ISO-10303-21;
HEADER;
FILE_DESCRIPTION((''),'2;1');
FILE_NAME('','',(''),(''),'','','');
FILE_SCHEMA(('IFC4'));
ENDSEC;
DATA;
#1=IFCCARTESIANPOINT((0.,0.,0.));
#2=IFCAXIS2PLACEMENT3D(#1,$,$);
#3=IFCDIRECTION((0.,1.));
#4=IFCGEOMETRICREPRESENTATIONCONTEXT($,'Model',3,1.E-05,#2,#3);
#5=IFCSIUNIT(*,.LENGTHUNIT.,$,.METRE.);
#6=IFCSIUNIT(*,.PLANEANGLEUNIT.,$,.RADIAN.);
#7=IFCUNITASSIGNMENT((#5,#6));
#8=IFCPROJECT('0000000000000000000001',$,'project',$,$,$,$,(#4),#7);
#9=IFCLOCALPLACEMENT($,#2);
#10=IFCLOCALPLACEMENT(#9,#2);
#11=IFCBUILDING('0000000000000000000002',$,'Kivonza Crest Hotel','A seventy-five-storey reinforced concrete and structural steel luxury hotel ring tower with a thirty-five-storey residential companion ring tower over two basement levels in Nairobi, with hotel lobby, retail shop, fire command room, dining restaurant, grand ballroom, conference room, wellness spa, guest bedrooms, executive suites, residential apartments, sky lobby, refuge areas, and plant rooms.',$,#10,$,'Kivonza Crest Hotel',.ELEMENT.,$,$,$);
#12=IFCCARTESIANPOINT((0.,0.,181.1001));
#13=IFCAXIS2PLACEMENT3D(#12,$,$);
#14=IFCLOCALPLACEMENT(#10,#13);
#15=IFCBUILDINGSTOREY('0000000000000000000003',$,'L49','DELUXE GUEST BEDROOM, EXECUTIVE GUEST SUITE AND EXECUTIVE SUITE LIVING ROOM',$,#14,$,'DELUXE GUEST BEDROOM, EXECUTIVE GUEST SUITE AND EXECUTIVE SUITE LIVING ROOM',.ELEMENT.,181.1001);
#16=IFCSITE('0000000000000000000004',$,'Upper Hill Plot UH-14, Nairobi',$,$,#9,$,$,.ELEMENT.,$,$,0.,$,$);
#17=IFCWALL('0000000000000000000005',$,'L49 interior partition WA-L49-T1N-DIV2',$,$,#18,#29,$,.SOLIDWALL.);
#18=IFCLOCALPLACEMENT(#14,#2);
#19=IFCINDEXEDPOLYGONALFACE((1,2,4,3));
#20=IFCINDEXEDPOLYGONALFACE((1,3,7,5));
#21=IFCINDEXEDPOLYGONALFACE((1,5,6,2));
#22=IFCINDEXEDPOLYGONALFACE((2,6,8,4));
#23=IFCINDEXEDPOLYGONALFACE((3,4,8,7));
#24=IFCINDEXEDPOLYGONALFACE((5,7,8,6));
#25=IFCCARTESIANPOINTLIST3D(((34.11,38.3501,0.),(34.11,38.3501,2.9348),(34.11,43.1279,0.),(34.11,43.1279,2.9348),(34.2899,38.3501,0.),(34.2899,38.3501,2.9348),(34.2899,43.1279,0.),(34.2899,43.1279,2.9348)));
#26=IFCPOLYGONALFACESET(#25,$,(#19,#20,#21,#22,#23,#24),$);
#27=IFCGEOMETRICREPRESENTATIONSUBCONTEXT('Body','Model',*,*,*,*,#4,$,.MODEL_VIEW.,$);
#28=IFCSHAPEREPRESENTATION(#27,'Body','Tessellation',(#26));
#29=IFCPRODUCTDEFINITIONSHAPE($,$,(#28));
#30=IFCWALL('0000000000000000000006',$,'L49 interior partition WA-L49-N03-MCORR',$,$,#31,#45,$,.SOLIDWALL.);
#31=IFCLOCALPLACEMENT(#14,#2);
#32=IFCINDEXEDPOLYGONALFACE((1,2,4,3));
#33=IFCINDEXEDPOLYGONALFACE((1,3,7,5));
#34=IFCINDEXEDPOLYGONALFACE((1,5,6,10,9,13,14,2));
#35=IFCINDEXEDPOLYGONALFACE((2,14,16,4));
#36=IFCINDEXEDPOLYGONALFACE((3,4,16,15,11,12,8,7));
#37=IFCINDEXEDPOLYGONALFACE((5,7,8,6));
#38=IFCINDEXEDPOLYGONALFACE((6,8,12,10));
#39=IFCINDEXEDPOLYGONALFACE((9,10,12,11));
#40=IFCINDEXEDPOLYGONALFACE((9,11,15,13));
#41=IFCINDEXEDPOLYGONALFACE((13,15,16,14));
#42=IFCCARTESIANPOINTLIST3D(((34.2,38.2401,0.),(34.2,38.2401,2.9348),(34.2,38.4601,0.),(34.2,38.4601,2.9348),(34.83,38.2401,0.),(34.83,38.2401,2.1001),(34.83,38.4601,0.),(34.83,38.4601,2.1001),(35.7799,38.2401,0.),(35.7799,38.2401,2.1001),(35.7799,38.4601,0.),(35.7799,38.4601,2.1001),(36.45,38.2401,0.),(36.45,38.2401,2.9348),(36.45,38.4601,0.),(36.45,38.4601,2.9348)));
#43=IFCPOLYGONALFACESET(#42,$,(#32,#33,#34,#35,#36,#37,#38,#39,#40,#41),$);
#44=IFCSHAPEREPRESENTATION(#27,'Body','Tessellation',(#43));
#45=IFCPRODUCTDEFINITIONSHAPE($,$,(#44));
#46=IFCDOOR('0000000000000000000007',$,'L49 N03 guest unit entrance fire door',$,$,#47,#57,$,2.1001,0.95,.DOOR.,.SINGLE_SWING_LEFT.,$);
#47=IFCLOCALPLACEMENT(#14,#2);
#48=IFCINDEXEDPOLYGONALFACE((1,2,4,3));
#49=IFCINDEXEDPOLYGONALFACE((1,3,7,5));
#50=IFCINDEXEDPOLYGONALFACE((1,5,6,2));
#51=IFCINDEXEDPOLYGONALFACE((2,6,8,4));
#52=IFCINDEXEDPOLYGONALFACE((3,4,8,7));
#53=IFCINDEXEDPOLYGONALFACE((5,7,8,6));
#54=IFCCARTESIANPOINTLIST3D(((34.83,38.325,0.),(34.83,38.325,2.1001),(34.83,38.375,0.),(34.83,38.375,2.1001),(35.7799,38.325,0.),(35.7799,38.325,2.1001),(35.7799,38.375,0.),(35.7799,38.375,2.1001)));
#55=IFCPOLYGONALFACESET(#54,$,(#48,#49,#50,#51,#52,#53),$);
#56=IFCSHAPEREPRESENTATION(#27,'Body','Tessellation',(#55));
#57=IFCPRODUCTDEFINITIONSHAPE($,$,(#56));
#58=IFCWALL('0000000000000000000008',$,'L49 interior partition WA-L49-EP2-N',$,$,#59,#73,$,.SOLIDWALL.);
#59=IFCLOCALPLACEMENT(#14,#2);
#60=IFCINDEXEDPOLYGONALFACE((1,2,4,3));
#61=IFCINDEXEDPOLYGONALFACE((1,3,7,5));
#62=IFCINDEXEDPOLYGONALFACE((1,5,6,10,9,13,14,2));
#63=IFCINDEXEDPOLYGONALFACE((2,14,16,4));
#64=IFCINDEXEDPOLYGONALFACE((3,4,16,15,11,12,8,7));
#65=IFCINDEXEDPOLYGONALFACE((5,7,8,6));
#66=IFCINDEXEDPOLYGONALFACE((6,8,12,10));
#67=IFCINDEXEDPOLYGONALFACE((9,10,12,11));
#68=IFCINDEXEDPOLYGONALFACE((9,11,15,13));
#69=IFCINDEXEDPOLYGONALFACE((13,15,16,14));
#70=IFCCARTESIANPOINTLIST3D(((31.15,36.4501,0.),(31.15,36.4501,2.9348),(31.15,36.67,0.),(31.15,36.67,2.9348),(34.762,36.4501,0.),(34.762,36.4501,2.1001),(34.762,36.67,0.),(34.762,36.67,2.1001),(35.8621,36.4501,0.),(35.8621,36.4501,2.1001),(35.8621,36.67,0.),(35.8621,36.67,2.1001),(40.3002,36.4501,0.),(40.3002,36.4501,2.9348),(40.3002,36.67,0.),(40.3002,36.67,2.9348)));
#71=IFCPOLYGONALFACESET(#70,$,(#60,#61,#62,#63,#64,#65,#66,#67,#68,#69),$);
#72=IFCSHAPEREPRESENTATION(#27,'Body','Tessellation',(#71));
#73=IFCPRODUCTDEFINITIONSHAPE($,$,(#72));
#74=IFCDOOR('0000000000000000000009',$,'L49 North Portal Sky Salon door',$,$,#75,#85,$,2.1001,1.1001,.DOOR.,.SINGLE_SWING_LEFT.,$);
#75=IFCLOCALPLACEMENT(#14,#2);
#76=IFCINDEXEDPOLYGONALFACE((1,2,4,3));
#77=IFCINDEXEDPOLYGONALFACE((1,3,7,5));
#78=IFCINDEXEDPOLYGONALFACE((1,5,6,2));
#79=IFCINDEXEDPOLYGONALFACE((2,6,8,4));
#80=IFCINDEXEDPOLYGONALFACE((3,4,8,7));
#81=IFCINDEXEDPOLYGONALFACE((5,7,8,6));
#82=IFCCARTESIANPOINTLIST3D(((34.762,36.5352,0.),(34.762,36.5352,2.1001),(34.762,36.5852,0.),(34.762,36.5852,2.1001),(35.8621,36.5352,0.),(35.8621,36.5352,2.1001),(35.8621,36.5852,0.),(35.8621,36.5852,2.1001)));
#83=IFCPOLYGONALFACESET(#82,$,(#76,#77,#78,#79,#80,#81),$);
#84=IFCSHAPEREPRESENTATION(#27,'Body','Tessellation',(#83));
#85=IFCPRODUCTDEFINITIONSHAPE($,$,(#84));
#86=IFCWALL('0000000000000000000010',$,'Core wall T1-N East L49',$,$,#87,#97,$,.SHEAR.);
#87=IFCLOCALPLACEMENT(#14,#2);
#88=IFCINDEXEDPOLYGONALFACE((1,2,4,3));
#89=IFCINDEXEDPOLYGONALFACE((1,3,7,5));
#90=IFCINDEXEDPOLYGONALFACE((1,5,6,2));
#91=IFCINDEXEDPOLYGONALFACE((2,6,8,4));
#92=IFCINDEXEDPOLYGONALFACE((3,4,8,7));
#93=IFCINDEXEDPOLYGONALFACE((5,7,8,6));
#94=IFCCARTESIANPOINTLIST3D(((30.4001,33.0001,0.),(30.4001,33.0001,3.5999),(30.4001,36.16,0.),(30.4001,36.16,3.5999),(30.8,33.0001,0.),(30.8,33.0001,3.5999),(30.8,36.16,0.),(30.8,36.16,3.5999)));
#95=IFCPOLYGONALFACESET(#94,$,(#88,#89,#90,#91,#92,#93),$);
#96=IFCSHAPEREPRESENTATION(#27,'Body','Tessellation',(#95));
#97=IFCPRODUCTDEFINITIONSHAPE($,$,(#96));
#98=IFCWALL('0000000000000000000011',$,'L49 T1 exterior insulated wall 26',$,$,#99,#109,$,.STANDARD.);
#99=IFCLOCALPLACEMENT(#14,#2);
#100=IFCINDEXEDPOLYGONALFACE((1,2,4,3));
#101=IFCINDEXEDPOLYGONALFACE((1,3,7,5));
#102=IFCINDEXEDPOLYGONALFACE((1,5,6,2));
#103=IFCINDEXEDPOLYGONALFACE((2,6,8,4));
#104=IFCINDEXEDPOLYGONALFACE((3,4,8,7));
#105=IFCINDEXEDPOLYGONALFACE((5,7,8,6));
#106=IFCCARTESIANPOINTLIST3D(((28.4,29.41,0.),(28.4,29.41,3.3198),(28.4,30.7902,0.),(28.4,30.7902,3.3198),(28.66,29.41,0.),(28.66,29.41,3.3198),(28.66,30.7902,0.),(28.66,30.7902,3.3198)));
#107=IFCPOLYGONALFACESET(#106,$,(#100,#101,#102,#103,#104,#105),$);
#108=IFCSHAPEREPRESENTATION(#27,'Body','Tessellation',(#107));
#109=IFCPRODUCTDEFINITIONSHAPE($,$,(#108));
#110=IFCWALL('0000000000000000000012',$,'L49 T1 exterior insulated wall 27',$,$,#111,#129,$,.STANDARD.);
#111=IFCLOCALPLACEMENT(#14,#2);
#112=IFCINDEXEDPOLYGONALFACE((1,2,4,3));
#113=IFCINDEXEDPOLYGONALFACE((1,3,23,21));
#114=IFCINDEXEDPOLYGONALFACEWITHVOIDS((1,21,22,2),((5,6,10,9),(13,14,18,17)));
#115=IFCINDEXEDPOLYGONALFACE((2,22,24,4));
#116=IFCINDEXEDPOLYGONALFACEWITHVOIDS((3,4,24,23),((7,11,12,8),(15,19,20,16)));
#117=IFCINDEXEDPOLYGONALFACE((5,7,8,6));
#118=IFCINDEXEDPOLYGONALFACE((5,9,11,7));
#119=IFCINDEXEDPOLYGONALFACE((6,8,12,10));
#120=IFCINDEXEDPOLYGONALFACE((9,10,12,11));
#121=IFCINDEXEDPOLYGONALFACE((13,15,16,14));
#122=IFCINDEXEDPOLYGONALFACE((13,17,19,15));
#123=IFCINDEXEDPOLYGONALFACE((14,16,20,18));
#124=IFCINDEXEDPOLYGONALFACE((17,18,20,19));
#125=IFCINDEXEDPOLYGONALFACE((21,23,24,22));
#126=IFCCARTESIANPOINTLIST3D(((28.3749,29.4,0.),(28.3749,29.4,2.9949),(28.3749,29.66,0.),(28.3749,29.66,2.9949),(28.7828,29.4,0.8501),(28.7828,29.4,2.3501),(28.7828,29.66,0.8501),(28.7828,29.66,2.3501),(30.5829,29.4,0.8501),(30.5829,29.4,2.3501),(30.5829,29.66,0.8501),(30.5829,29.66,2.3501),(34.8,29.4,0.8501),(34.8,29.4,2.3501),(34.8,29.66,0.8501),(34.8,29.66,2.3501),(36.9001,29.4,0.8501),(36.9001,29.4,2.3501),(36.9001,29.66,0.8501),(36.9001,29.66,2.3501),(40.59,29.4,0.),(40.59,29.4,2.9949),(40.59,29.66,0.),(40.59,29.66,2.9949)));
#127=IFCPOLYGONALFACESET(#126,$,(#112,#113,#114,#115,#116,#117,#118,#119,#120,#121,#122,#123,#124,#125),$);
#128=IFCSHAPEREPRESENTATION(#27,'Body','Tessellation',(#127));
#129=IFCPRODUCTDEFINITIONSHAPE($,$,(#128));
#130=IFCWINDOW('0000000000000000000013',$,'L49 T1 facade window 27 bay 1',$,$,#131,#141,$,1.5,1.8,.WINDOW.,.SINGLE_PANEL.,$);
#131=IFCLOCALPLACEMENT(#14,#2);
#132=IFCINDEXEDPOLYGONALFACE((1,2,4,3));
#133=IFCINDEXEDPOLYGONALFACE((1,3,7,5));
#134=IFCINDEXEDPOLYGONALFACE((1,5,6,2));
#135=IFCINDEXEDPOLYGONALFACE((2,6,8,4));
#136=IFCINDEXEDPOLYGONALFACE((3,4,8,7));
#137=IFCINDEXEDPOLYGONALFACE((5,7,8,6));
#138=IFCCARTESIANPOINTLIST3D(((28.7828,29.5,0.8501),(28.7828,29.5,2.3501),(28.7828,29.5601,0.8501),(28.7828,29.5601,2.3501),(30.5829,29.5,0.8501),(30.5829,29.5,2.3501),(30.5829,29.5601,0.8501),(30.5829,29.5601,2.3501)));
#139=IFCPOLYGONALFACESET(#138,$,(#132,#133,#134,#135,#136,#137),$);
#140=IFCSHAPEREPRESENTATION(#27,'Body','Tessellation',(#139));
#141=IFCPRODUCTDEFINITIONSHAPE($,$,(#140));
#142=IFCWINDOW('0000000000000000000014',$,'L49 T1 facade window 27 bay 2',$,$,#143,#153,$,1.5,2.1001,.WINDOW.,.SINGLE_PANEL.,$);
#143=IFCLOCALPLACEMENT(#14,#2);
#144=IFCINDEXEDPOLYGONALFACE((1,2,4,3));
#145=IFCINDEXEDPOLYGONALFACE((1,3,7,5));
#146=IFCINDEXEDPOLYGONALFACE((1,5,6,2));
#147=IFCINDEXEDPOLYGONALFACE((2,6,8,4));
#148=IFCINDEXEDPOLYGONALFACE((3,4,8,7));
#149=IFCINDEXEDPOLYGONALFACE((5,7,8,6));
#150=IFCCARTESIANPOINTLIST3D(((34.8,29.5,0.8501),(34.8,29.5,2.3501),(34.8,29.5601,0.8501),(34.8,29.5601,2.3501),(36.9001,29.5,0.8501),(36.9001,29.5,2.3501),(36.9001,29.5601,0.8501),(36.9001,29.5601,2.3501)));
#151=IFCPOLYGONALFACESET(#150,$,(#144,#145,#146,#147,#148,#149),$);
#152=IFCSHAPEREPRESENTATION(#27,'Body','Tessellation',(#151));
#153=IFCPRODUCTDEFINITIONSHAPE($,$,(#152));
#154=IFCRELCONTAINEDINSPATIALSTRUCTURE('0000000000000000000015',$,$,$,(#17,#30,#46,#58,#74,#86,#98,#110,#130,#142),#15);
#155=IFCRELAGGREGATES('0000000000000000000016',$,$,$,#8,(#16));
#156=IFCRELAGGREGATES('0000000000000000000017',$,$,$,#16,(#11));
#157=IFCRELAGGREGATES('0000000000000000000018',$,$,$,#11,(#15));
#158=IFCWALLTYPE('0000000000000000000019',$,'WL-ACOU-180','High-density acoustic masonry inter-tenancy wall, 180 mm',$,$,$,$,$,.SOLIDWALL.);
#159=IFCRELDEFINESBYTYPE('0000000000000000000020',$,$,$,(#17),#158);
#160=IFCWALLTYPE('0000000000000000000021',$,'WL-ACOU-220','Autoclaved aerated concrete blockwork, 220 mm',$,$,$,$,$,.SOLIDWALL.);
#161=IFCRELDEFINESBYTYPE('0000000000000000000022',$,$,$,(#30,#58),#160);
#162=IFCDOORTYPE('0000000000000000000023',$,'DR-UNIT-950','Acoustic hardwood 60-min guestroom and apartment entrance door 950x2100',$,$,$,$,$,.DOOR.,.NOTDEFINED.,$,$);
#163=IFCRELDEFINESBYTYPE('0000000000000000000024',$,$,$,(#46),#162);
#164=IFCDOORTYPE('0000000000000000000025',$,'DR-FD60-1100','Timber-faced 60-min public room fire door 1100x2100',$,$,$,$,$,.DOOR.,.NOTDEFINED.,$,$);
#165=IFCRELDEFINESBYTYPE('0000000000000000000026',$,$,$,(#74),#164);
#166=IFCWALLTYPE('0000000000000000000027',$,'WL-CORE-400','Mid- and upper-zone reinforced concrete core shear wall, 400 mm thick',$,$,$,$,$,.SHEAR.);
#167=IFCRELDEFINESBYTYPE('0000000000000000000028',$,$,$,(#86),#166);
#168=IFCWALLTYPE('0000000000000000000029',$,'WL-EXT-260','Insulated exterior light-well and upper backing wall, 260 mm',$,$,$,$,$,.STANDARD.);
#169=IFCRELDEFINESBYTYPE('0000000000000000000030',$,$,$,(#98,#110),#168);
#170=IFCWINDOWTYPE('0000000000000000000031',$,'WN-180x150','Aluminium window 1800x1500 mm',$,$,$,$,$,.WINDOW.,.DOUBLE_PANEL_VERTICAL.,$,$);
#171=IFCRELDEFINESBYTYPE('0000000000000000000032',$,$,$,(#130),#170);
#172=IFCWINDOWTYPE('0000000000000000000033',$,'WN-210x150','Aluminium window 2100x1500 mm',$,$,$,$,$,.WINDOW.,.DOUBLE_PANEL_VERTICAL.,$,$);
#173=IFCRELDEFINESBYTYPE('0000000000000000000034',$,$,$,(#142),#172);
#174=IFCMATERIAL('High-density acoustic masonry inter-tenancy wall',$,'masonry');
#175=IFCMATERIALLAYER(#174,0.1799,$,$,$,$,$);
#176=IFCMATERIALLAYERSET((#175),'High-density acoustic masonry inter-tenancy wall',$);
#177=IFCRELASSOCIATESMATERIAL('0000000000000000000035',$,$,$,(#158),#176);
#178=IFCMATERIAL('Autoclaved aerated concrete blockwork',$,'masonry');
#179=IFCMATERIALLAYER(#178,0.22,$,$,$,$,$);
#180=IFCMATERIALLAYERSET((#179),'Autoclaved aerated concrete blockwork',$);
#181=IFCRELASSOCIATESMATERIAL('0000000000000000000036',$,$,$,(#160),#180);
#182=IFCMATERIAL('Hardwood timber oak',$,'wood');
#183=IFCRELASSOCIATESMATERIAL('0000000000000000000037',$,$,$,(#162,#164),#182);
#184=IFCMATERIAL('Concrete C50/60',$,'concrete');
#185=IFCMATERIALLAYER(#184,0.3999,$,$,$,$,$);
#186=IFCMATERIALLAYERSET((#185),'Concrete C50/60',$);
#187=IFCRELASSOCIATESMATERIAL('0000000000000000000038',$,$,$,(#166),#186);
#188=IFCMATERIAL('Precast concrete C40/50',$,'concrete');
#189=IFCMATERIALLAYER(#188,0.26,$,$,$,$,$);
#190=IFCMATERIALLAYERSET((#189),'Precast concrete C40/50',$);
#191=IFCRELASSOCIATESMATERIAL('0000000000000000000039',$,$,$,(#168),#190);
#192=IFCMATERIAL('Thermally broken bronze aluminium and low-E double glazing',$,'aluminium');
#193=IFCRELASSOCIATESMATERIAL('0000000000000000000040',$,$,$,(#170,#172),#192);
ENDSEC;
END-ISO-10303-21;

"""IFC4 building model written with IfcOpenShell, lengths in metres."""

from ifc_helpers import new_model, si_unit, direction, frame, frame_2d, origin, place, context, subcontext, project, spatial, rectangle, extrude, material, layer, layer_set, type_object, element, fill, save


model = new_model("IFC4")

# Units and contexts
model_context = context("Model", 3, precision=1e-05, world=origin(), true_north=direction((0.0, 1.0)))
body_context = subcontext(model_context, "Body", "Model", "MODEL_VIEW")
ifc_project = project(units=[si_unit("LENGTHUNIT", "METRE"), si_unit("PLANEANGLEUNIT", "RADIAN")], contexts=[model_context])

# Site, building, storey
site_placement = place(None, origin())
site = spatial("IfcSite", under=ifc_project, at=site_placement, Name="Upper Hill Plot UH-14, Nairobi", CompositionType="ELEMENT", RefElevation=0.0)
building_placement = place(site_placement, origin())
building = spatial("IfcBuilding", under=site, at=building_placement, Name="Kivonza Crest Hotel", Description="A seventy-five-storey reinforced concrete and structural steel luxury hotel ring tower with a thirty-five-storey residential companion ring tower over two basement levels in Nairobi, with hotel lobby, retail shop, fire command room, dining restaurant, grand ballroom, conference room, wellness spa, guest bedrooms, executive suites, residential apartments, sky lobby, refuge areas, and plant rooms.", LongName="Kivonza Crest Hotel", CompositionType="ELEMENT")
storey_placement = place(building_placement, frame((0.0, 0.0, 181.1001)))
storey = spatial("IfcBuildingStorey", under=building, at=storey_placement, Name="L49", Description="DELUXE GUEST BEDROOM, EXECUTIVE GUEST SUITE AND EXECUTIVE SUITE LIVING ROOM", LongName="DELUXE GUEST BEDROOM, EXECUTIVE GUEST SUITE AND EXECUTIVE SUITE LIVING ROOM", CompositionType="ELEMENT", Elevation=181.1001)

# Shared definitions
ifc_material_1 = material(Name="Concrete C50/60", Category="concrete")

# Wall
ifc_material_2 = material(Name="High-density acoustic masonry inter-tenancy wall", Category="masonry")
ifc_layer_1 = layer(ifc_material_2, 0.1799)
ifc_layer_set_1 = layer_set([ifc_layer_1], Name="High-density acoustic masonry inter-tenancy wall")
wall_type_1 = type_object("IfcWallType", Name="WL-ACOU-180", Description="High-density acoustic masonry inter-tenancy wall, 180 mm", PredefinedType="SOLIDWALL", material=ifc_layer_set_1)
wall_1_placement = place(storey_placement, frame((34.2, 38.3501, 0.0), z_axis=(0.0, 0.0, 1.0), x_axis=(0.0, 1.0, 0.0)))
element("IfcWall", 1, at=wall_1_placement, inside=storey, type_object=wall_type_1, Name="L49 interior partition WA-L49-T1N-DIV2", PredefinedType="SOLIDWALL", context=body_context, shape_type="SweptSolid", body=[
    extrude(rectangle(XDim=4.7778, YDim=0.1799, at=frame_2d((2.3889, 0.0))), origin(), (0.0, 0.0, 1.0), 2.9348),
])

# Walls, openings, doors
ifc_material_3 = material(Name="Autoclaved aerated concrete blockwork", Category="masonry")
ifc_layer_2 = layer(ifc_material_3, 0.22)
ifc_layer_set_2 = layer_set([ifc_layer_2], Name="Autoclaved aerated concrete blockwork")
wall_type_2 = type_object("IfcWallType", Name="WL-ACOU-220", Description="Autoclaved aerated concrete blockwork, 220 mm", PredefinedType="SOLIDWALL", material=ifc_layer_set_2)
wall_2_placement = place(storey_placement, frame((34.2, 38.3501, 0.0), z_axis=(0.0, 0.0, 1.0), x_axis=(1.0, 0.0, 0.0)))
wall_2 = element("IfcWall", 2, at=wall_2_placement, inside=storey, type_object=wall_type_2, Name="L49 interior partition WA-L49-N03-MCORR", PredefinedType="SOLIDWALL", context=body_context, shape_type="SweptSolid", body=[
    extrude(rectangle(XDim=2.25, YDim=0.22, at=frame_2d((1.125, 0.0))), origin(), (0.0, 0.0, 1.0), 2.9348),
])
opening_1_placement = place(wall_2_placement, frame((0.6299, 0.0, 0.0)))
opening_1 = element("IfcOpeningElement", 3, at=opening_1_placement, cuts=wall_2, PredefinedType="OPENING", context=body_context, shape_type="SweptSolid", body=[
    extrude(rectangle(XDim=0.95, YDim=2.1001, at=frame_2d((0.4751, 1.05))), frame((0.0, 0.1201, 0.0), z_axis=(0.0, -1.0, 0.0), x_axis=(1.0, 0.0, 0.0)), (0.0, 0.0, 1.0), 0.24),
])
ifc_material_4 = material(Name="Hardwood timber oak", Category="wood")
door_type_1 = type_object("IfcDoorType", Name="DR-UNIT-950", Description="Acoustic hardwood 60-min guestroom and apartment entrance door 950x2100", OperationType="NOTDEFINED", PredefinedType="DOOR", material=ifc_material_4)
door_1_placement = place(opening_1_placement, origin())
door_1 = element("IfcDoor", 4, at=door_1_placement, inside=storey, type_object=door_type_1, Name="L49 N03 guest unit entrance fire door", OperationType="SINGLE_SWING_LEFT", OverallHeight=2.1001, OverallWidth=0.95, PredefinedType="DOOR", context=body_context, shape_type="SweptSolid", body=[
    extrude(rectangle(XDim=0.95, YDim=2.1001, at=frame_2d((0.4751, 1.05))), frame((0.0, 0.0249, 0.0), z_axis=(0.0, -1.0, 0.0), x_axis=(1.0, 0.0, 0.0)), (0.0, 0.0, 1.0), 0.05),
])
fill(opening_1, door_1)
wall_3_placement = place(storey_placement, frame((31.1499, 36.5601, 0.0), z_axis=(0.0, 0.0, 1.0), x_axis=(1.0, 0.0, 0.0)))
wall_3 = element("IfcWall", 5, at=wall_3_placement, inside=storey, type_object=wall_type_2, Name="L49 interior partition WA-L49-EP2-N", PredefinedType="SOLIDWALL", context=body_context, shape_type="SweptSolid", body=[
    extrude(rectangle(XDim=9.1501, YDim=0.22, at=frame_2d((4.5752, 0.0))), origin(), (0.0, 0.0, 1.0), 2.9348),
])
opening_2_placement = place(wall_3_placement, frame((3.6121, 0.0, 0.0)))
opening_2 = element("IfcOpeningElement", 6, at=opening_2_placement, cuts=wall_3, PredefinedType="OPENING", context=body_context, shape_type="SweptSolid", body=[
    extrude(rectangle(XDim=1.1001, YDim=2.1001, at=frame_2d((0.55, 1.05))), frame((0.0, 0.1201, 0.0), z_axis=(0.0, -1.0, 0.0), x_axis=(1.0, 0.0, 0.0)), (0.0, 0.0, 1.0), 0.24),
])
door_type_2 = type_object("IfcDoorType", Name="DR-FD60-1100", Description="Timber-faced 60-min public room fire door 1100x2100", OperationType="NOTDEFINED", PredefinedType="DOOR", material=ifc_material_4)
door_2_placement = place(opening_2_placement, frame((1.1001, 0.0, 0.0), z_axis=(0.0, 0.0, 1.0), x_axis=(-1.0, 0.0, 0.0)))
door_2 = element("IfcDoor", 7, at=door_2_placement, inside=storey, type_object=door_type_2, Name="L49 North Portal Sky Salon door", OperationType="SINGLE_SWING_LEFT", OverallHeight=2.1001, OverallWidth=1.1001, PredefinedType="DOOR", context=body_context, shape_type="SweptSolid", body=[
    extrude(rectangle(XDim=1.1001, YDim=2.1001, at=frame_2d((0.55, 1.05))), frame((0.0, 0.0249, 0.0), z_axis=(0.0, -1.0, 0.0), x_axis=(1.0, 0.0, 0.0)), (0.0, 0.0, 1.0), 0.05),
])
fill(opening_2, door_2)

# Walls
ifc_layer_3 = layer(ifc_material_1, 0.3999)
ifc_layer_set_3 = layer_set([ifc_layer_3], Name="Concrete C50/60")
wall_type_3 = type_object("IfcWallType", Name="WL-CORE-400", Description="Mid- and upper-zone reinforced concrete core shear wall, 400 mm thick", PredefinedType="SHEAR", material=ifc_layer_set_3)
wall_4_placement = place(storey_placement, frame((30.6001, 33.0, 0.0), z_axis=(0.0, 0.0, 1.0), x_axis=(0.0, 1.0, 0.0)))
element("IfcWall", 8, at=wall_4_placement, inside=storey, type_object=wall_type_3, Name="Core wall T1-N East L49", PredefinedType="SHEAR", context=body_context, shape_type="SweptSolid", body=[
    extrude(rectangle(XDim=3.1599, YDim=0.3999, at=frame_2d((1.5801, 0.0))), origin(), (0.0, 0.0, 1.0), 3.5999),
])
ifc_material_5 = material(Name="Precast concrete C40/50", Category="concrete")
ifc_layer_4 = layer(ifc_material_5, 0.26)
ifc_layer_set_4 = layer_set([ifc_layer_4], Name="Precast concrete C40/50")
wall_type_4 = type_object("IfcWallType", Name="WL-EXT-260", Description="Insulated exterior light-well and upper backing wall, 260 mm", PredefinedType="STANDARD", material=ifc_layer_set_4)
wall_5_placement = place(storey_placement, frame((28.53, 30.79, 0.0), z_axis=(0.0, 0.0, 1.0), x_axis=(0.0, -1.0, 0.0)))
element("IfcWall", 9, at=wall_5_placement, inside=storey, type_object=wall_type_4, Name="L49 T1 exterior insulated wall 26", PredefinedType="STANDARD", context=body_context, shape_type="SweptSolid", body=[
    extrude(rectangle(XDim=1.3801, YDim=0.26, at=frame_2d((0.6899, 0.0))), origin(), (0.0, 0.0, 1.0), 3.3198),
])

# Wall, openings, windows
wall_6_placement = place(storey_placement, frame((28.375, 29.53, 0.0), z_axis=(0.0, 0.0, 1.0), x_axis=(1.0, 0.0, 0.0)))
wall_6 = element("IfcWall", 10, at=wall_6_placement, inside=storey, type_object=wall_type_4, Name="L49 T1 exterior insulated wall 27", PredefinedType="STANDARD", context=body_context, shape_type="SweptSolid", body=[
    extrude(rectangle(XDim=12.2151, YDim=0.26, at=frame_2d((6.1074, 0.0))), origin(), (0.0, 0.0, 1.0), 2.9949),
])
opening_3_placement = place(wall_6_placement, frame((0.408, 0.0, 0.8501)))
opening_3 = element("IfcOpeningElement", 11, at=opening_3_placement, cuts=wall_6, PredefinedType="OPENING", context=body_context, shape_type="SweptSolid", body=[
    extrude(rectangle(XDim=1.8, YDim=1.5, at=frame_2d((0.8999, 0.75))), frame((0.0, 0.1401, 0.0), z_axis=(0.0, -1.0, 0.0), x_axis=(1.0, 0.0, 0.0)), (0.0, 0.0, 1.0), 0.28),
])
opening_4_placement = place(wall_6_placement, frame((6.425, 0.0, 0.8501)))
opening_4 = element("IfcOpeningElement", 12, at=opening_4_placement, cuts=wall_6, PredefinedType="OPENING", context=body_context, shape_type="SweptSolid", body=[
    extrude(rectangle(XDim=2.1001, YDim=1.5, at=frame_2d((1.05, 0.75))), frame((0.0, 0.1401, 0.0), z_axis=(0.0, -1.0, 0.0), x_axis=(1.0, 0.0, 0.0)), (0.0, 0.0, 1.0), 0.28),
])
ifc_material_6 = material(Name="Thermally broken bronze aluminium and low-E double glazing", Category="aluminium")
window_type_1 = type_object("IfcWindowType", Name="WN-180x150", Description="Aluminium window 1800x1500 mm", PartitioningType="DOUBLE_PANEL_VERTICAL", PredefinedType="WINDOW", material=ifc_material_6)
window_1_placement = place(opening_3_placement, origin())
window_1 = element("IfcWindow", 13, at=window_1_placement, inside=storey, type_object=window_type_1, Name="L49 T1 facade window 27 bay 1", OverallHeight=1.5, OverallWidth=1.8, PartitioningType="SINGLE_PANEL", PredefinedType="WINDOW", context=body_context, shape_type="SweptSolid", body=[
    extrude(rectangle(XDim=1.8, YDim=1.5, at=frame_2d((0.8999, 0.75))), frame((0.0, 0.03, 0.0), z_axis=(0.0, -1.0, 0.0), x_axis=(1.0, 0.0, 0.0)), (0.0, 0.0, 1.0), 0.0601),
])
fill(opening_3, window_1)
window_type_2 = type_object("IfcWindowType", Name="WN-210x150", Description="Aluminium window 2100x1500 mm", PartitioningType="DOUBLE_PANEL_VERTICAL", PredefinedType="WINDOW", material=ifc_material_6)
window_2_placement = place(opening_4_placement, origin())
window_2 = element("IfcWindow", 14, at=window_2_placement, inside=storey, type_object=window_type_2, Name="L49 T1 facade window 27 bay 2", OverallHeight=1.5, OverallWidth=2.1001, PartitioningType="SINGLE_PANEL", PredefinedType="WINDOW", context=body_context, shape_type="SweptSolid", body=[
    extrude(rectangle(XDim=2.1001, YDim=1.5, at=frame_2d((1.05, 0.75))), frame((0.0, 0.03, 0.0), z_axis=(0.0, -1.0, 0.0), x_axis=(1.0, 0.0, 0.0)), (0.0, 0.0, 1.0), 0.0601),
])
fill(opening_4, window_2)

save(model, "model.ifc")
